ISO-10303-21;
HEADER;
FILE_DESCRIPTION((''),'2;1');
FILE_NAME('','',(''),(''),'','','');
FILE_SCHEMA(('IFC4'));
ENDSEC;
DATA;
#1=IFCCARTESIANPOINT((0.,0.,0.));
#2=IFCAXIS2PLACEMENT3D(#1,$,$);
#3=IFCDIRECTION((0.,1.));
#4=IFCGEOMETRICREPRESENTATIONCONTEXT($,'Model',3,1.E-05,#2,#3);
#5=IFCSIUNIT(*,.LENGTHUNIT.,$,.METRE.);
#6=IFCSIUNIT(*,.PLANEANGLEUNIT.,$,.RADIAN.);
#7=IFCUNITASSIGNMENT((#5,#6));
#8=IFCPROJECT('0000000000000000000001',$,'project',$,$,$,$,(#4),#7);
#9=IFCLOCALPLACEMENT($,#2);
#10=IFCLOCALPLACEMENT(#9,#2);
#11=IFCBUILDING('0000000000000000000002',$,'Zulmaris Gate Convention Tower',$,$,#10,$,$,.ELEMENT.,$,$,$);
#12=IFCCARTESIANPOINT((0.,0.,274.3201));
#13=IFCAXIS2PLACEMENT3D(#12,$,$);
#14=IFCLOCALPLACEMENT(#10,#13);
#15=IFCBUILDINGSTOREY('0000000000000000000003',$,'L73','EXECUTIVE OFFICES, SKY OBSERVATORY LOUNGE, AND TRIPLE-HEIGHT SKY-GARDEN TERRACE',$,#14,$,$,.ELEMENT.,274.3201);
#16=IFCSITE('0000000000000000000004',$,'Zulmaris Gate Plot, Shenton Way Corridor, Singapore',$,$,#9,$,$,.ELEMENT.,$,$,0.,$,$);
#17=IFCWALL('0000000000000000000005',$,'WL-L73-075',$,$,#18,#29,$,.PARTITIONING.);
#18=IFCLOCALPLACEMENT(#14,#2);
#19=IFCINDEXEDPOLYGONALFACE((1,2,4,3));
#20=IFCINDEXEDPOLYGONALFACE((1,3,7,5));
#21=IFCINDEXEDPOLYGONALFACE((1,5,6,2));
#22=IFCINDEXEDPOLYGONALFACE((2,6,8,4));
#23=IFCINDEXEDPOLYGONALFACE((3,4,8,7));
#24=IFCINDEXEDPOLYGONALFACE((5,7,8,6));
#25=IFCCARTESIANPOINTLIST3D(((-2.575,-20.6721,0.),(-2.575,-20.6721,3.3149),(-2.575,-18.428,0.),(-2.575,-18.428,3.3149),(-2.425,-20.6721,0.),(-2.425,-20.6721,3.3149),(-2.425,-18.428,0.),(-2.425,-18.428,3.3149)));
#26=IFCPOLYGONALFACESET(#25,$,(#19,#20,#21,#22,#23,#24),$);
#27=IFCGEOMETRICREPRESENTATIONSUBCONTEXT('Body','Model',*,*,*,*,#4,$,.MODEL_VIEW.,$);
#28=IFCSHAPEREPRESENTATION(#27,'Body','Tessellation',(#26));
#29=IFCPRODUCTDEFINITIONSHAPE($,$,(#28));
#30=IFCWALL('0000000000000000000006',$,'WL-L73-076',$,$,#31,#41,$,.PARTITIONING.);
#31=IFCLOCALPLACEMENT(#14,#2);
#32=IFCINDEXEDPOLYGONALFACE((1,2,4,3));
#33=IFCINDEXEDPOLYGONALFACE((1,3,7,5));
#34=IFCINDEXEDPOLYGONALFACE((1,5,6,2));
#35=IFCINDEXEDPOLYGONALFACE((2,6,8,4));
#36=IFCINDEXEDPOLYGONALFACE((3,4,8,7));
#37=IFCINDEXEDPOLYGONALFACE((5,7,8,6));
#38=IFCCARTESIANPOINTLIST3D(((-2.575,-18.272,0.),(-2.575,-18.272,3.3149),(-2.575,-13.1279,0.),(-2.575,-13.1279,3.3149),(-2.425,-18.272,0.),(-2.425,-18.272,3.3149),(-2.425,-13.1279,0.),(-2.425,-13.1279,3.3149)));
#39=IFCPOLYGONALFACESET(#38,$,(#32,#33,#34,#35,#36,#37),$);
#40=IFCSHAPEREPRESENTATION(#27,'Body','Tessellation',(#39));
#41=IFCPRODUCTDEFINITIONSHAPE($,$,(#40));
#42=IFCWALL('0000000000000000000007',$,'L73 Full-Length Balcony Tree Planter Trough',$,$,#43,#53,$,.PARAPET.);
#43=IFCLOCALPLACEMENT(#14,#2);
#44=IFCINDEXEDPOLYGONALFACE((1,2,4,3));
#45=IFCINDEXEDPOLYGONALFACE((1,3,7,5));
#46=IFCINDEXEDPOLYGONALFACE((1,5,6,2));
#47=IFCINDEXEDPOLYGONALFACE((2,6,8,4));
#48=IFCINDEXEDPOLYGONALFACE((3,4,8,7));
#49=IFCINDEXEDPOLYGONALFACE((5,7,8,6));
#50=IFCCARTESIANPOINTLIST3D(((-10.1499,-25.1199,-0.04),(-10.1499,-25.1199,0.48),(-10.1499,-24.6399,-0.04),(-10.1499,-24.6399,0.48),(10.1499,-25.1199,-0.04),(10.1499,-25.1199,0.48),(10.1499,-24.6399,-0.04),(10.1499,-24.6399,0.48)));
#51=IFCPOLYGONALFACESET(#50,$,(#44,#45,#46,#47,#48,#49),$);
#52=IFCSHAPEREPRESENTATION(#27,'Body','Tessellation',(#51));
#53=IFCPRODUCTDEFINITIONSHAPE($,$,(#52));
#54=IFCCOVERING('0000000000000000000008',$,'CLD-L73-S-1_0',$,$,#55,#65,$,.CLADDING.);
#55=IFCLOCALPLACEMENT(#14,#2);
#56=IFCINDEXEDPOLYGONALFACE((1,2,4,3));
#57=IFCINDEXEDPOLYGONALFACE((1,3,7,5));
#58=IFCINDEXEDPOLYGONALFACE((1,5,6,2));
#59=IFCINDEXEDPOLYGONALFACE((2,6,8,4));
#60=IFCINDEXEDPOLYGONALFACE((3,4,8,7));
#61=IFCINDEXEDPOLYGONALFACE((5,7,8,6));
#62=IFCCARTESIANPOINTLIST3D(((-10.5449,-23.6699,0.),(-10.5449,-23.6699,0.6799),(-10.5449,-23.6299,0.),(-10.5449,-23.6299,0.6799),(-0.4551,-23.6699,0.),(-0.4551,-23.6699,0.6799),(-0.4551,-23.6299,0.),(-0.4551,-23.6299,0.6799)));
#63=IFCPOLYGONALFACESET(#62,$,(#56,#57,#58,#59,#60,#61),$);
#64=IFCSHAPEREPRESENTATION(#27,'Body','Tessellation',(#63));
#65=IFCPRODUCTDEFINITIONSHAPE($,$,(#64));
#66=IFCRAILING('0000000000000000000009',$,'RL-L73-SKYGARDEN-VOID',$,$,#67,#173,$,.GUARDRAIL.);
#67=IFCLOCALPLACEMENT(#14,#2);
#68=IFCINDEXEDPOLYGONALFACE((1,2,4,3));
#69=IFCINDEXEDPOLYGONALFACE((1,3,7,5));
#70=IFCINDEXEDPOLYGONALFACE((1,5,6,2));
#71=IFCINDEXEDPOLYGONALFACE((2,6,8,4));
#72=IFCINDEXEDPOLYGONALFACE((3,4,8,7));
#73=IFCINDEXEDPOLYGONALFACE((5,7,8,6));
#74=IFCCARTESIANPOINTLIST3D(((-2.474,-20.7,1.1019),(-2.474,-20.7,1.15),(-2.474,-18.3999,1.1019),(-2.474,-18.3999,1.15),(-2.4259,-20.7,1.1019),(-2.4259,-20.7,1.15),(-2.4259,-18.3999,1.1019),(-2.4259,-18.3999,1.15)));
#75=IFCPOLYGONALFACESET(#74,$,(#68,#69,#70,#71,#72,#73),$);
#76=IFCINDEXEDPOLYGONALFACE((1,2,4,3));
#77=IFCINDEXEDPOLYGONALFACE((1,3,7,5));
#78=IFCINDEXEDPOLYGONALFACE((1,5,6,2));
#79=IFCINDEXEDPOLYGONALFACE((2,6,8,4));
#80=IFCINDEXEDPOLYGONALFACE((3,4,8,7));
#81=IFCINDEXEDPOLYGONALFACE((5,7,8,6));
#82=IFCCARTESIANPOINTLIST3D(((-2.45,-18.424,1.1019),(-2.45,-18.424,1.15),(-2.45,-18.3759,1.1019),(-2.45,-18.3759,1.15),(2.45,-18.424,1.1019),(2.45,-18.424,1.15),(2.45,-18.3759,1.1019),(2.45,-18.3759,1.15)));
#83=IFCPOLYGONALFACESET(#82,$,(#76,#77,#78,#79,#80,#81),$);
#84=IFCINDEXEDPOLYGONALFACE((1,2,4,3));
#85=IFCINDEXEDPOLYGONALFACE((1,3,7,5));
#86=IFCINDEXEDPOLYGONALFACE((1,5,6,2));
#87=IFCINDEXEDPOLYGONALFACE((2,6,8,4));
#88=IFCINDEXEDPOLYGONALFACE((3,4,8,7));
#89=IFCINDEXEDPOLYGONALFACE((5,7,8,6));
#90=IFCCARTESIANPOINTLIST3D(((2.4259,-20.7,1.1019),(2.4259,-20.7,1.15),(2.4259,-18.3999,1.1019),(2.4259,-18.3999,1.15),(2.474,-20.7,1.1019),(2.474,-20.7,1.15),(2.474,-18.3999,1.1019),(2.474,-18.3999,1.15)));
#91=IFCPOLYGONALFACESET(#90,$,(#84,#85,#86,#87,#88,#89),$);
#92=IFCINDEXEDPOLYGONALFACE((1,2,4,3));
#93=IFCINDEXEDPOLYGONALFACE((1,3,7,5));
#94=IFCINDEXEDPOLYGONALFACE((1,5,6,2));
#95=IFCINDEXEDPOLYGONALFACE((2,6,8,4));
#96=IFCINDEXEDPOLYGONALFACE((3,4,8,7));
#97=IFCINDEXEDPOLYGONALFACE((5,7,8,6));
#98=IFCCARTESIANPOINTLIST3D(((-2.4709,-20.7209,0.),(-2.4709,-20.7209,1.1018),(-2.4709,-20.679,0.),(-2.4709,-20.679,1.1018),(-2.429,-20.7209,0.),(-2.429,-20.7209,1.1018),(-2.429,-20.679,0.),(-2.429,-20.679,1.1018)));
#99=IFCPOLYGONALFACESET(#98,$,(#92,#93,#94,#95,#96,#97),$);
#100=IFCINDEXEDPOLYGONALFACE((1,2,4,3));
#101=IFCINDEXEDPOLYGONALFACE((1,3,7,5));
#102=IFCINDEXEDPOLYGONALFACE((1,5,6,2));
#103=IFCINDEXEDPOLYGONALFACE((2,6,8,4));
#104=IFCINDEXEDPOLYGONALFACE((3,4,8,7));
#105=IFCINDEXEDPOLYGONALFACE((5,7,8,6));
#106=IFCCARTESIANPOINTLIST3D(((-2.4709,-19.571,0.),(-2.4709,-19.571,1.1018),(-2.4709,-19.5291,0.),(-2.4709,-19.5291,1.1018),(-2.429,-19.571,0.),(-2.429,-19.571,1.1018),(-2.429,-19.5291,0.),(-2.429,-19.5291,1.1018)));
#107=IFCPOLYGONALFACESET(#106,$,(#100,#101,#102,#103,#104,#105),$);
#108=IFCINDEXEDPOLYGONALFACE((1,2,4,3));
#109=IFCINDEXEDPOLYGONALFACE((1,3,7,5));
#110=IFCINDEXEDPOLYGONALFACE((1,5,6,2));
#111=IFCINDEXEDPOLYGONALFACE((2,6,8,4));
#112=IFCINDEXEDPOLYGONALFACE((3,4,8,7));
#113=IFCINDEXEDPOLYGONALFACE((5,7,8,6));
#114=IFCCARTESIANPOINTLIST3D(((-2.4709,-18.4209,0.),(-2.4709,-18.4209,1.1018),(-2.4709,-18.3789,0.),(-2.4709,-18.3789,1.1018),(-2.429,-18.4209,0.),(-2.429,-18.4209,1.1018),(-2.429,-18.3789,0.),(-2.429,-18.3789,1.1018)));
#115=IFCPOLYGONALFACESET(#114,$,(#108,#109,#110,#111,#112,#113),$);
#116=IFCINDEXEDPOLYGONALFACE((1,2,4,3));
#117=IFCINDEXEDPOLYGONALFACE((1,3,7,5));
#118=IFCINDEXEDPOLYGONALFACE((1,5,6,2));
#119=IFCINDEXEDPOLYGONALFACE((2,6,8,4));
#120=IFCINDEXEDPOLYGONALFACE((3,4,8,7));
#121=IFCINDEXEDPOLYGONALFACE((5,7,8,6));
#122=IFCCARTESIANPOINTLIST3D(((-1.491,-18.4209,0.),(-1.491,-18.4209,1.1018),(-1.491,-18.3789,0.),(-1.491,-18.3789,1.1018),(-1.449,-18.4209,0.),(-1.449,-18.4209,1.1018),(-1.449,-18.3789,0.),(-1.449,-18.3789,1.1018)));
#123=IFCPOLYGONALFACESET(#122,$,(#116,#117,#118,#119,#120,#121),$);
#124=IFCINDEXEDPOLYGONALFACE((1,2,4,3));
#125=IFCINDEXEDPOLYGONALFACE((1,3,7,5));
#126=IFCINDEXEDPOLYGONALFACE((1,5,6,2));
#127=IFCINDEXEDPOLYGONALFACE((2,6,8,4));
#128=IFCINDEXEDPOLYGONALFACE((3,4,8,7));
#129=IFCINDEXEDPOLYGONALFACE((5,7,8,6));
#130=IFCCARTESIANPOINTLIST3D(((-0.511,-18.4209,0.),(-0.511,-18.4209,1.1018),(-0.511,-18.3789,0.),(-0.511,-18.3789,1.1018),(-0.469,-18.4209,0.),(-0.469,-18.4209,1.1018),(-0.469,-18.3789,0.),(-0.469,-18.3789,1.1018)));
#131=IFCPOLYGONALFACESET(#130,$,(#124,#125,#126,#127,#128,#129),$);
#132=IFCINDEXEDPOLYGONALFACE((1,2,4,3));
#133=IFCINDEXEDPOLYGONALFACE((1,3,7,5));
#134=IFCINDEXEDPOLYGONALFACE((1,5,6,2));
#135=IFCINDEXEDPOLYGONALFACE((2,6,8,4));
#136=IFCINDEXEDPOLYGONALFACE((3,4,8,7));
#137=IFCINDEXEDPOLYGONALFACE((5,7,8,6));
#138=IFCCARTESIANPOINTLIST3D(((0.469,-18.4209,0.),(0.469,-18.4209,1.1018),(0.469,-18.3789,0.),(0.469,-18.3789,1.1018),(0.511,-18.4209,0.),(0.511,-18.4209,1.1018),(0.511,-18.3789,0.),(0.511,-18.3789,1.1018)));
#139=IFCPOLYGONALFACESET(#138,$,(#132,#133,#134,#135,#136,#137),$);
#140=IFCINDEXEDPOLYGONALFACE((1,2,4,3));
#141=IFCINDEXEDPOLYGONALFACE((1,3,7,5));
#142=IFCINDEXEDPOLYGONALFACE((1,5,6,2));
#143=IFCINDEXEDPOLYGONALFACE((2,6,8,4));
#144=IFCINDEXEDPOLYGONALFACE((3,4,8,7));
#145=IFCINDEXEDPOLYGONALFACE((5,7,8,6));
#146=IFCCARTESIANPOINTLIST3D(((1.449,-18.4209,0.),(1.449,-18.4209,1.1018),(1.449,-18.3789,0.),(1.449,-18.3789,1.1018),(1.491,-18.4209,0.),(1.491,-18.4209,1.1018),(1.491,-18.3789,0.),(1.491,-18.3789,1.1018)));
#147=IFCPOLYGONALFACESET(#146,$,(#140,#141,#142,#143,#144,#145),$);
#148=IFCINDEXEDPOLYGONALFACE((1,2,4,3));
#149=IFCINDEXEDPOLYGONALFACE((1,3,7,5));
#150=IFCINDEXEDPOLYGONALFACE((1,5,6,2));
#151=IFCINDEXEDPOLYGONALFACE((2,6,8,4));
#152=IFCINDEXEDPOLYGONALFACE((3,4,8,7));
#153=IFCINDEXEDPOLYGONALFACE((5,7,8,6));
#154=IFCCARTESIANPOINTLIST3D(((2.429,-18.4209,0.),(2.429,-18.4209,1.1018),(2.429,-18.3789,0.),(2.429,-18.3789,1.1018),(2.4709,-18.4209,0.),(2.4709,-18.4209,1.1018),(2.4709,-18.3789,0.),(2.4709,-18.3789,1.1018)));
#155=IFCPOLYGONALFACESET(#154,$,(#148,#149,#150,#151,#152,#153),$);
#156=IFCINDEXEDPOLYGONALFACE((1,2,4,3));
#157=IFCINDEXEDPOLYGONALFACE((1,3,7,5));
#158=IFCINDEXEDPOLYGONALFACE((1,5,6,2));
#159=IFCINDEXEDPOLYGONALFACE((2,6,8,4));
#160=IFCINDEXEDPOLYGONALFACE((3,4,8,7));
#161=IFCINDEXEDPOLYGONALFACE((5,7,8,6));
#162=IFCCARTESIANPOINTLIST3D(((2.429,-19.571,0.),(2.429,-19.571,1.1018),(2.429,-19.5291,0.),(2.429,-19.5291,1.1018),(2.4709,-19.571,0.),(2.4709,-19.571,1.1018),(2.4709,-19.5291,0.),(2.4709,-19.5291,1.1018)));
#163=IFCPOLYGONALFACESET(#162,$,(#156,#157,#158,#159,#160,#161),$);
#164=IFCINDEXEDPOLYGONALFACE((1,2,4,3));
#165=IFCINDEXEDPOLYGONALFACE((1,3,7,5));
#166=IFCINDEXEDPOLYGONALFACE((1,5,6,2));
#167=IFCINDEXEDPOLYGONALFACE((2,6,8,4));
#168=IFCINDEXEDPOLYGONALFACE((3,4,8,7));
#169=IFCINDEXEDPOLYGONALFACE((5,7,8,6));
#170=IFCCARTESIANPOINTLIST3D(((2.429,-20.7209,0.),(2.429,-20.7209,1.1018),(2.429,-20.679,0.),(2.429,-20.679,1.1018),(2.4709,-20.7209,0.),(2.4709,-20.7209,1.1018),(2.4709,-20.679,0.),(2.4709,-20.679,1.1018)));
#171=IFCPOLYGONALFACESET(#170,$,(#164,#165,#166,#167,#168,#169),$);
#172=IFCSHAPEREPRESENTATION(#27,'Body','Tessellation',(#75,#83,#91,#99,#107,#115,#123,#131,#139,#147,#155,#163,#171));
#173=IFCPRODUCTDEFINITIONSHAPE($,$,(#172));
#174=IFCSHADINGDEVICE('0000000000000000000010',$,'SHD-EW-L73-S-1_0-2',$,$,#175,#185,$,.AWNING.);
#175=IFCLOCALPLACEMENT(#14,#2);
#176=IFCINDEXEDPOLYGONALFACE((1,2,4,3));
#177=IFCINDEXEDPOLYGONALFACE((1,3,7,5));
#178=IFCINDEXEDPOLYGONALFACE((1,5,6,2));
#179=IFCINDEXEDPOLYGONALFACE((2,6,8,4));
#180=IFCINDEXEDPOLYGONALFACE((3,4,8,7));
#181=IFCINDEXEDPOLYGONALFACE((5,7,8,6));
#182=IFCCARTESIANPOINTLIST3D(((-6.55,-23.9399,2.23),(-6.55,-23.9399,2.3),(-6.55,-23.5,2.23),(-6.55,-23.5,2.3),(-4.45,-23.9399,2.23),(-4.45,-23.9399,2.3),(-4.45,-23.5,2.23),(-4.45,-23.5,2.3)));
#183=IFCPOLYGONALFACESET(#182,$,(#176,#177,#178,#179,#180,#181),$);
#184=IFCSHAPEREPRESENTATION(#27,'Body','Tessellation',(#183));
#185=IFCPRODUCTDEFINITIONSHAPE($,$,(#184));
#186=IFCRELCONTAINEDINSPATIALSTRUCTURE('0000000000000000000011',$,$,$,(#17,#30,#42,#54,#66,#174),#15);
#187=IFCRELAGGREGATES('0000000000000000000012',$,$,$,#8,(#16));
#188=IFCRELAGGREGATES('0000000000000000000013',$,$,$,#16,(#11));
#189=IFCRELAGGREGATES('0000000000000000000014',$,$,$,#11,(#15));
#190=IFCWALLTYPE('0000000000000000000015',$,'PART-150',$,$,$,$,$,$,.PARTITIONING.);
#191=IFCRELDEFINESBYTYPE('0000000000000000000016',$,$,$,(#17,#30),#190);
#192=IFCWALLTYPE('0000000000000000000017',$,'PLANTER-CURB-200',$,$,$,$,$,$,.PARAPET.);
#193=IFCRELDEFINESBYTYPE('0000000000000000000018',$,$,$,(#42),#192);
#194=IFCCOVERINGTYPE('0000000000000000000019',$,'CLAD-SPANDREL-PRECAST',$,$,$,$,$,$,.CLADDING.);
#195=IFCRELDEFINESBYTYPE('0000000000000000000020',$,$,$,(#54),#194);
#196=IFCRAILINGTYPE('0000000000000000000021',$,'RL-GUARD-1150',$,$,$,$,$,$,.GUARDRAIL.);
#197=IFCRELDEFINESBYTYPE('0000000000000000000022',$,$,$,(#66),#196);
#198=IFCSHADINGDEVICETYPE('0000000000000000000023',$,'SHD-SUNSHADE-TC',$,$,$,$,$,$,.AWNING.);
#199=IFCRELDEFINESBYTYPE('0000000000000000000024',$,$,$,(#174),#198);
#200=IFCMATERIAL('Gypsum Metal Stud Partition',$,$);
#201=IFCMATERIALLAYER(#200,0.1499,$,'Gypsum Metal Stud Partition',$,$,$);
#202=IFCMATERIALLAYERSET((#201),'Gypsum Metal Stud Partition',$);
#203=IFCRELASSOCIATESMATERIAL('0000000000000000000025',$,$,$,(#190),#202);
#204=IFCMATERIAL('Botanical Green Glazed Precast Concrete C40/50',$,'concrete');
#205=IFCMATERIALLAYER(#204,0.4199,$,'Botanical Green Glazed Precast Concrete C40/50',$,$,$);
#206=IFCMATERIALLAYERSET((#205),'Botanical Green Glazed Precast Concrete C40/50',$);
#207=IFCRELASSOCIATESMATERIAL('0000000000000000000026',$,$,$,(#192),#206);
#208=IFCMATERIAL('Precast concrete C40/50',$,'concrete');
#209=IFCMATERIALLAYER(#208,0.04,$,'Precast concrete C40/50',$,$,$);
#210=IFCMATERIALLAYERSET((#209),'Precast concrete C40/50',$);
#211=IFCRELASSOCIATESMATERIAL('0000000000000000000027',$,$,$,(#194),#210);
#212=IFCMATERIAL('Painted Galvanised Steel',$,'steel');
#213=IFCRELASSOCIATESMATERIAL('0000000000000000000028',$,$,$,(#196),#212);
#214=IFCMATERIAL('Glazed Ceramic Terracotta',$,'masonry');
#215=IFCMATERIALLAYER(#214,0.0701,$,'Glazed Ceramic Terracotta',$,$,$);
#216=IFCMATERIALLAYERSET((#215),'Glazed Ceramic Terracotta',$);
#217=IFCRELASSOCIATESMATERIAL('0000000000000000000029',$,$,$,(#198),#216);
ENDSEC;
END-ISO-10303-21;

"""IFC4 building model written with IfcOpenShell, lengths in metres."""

from ifc_helpers import new_model, si_unit, direction, frame, frame_2d, origin, origin_2d, place, context, subcontext, project, spatial, rectangle, extrude, material, layer, layer_set, type_object, element, save


model = new_model("IFC4")

# Units and contexts
model_context = context("Model", 3, precision=1e-05, world=origin(), true_north=direction((0.0, 1.0)))
body_context = subcontext(model_context, "Body", "Model", "MODEL_VIEW")
ifc_project = project(units=[si_unit("LENGTHUNIT", "METRE"), si_unit("PLANEANGLEUNIT", "RADIAN")], contexts=[model_context])

# Site, building, storey
site_placement = place(None, origin())
site = spatial("IfcSite", under=ifc_project, at=site_placement, Name="Zulmaris Gate Plot, Shenton Way Corridor, Singapore", CompositionType="ELEMENT", RefElevation=0.0)
building_placement = place(site_placement, origin())
building = spatial("IfcBuilding", under=site, at=building_placement, Name="Zulmaris Gate Convention Tower", CompositionType="ELEMENT")
storey_placement = place(building_placement, frame((0.0, 0.0, 274.3201)))
storey = spatial("IfcBuildingStorey", under=building, at=storey_placement, Name="L73", Description="EXECUTIVE OFFICES, SKY OBSERVATORY LOUNGE, AND TRIPLE-HEIGHT SKY-GARDEN TERRACE", CompositionType="ELEMENT", Elevation=274.3201)

# Shared definitions
ifc_material_1 = material(Name="Gypsum Metal Stud Partition")
ifc_layer_1 = layer(ifc_material_1, 0.1499, Name="Gypsum Metal Stud Partition")
ifc_layer_set_1 = layer_set([ifc_layer_1], Name="Gypsum Metal Stud Partition")
wall_type_1 = type_object("IfcWallType", Name="PART-150", PredefinedType="PARTITIONING", material=ifc_layer_set_1)

# Walls
wall_1_placement = place(storey_placement, frame((-2.5, -20.6721, 0.0), z_axis=(0.0, 0.0, 1.0), x_axis=(0.0, 1.0, 0.0)))
element("IfcWall", 1, at=wall_1_placement, inside=storey, type_object=wall_type_1, Name="WL-L73-075", PredefinedType="PARTITIONING", context=body_context, shape_type="SweptSolid", body=[
    extrude(rectangle(XDim=2.2441, YDim=0.1499, at=frame_2d((1.1221, 0.0))), origin(), (0.0, 0.0, 1.0), 3.3149),
])
wall_2_placement = place(storey_placement, frame((-2.5, -18.272, 0.0), z_axis=(0.0, 0.0, 1.0), x_axis=(0.0, 1.0, 0.0)))
element("IfcWall", 2, at=wall_2_placement, inside=storey, type_object=wall_type_1, Name="WL-L73-076", PredefinedType="PARTITIONING", context=body_context, shape_type="SweptSolid", body=[
    extrude(rectangle(XDim=5.144, YDim=0.1499, at=frame_2d((2.572, 0.0))), origin(), (0.0, 0.0, 1.0), 3.3149),
])
ifc_material_2 = material(Name="Botanical Green Glazed Precast Concrete C40/50", Category="concrete")
ifc_layer_2 = layer(ifc_material_2, 0.4199, Name="Botanical Green Glazed Precast Concrete C40/50")
ifc_layer_set_2 = layer_set([ifc_layer_2], Name="Botanical Green Glazed Precast Concrete C40/50")
wall_type_2 = type_object("IfcWallType", Name="PLANTER-CURB-200", PredefinedType="PARAPET", material=ifc_layer_set_2)
wall_3_placement = place(storey_placement, frame((-10.1499, -24.8799, -0.04), z_axis=(0.0, 0.0, 1.0), x_axis=(1.0, 0.0, 0.0)))
element("IfcWall", 3, at=wall_3_placement, inside=storey, type_object=wall_type_2, Name="L73 Full-Length Balcony Tree Planter Trough", PredefinedType="PARAPET", context=body_context, shape_type="SweptSolid", body=[
    extrude(rectangle(XDim=20.2998, YDim=0.48, at=frame_2d((10.1499, 0.0))), origin(), (0.0, 0.0, 1.0), 0.52),
])

# Shared definitions
ifc_material_3 = material(Name="Precast concrete C40/50", Category="concrete")

# Covering
ifc_layer_3 = layer(ifc_material_3, 0.04, Name="Precast concrete C40/50")
ifc_layer_set_3 = layer_set([ifc_layer_3], Name="Precast concrete C40/50")
covering_type = type_object("IfcCoveringType", Name="CLAD-SPANDREL-PRECAST", PredefinedType="CLADDING", material=ifc_layer_set_3)
covering_placement = place(storey_placement, frame((-10.5449, -23.6499, 0.0), z_axis=(0.0, 0.0, 1.0), x_axis=(1.0, 0.0, 0.0)))
element("IfcCovering", 4, at=covering_placement, inside=storey, type_object=covering_type, Name="CLD-L73-S-1_0", PredefinedType="CLADDING", context=body_context, shape_type="SweptSolid", body=[
    extrude(rectangle(XDim=10.0898, YDim=0.04, at=frame_2d((5.0449, 0.0))), origin(), (0.0, 0.0, 1.0), 0.6799),
])

# Railing
ifc_material_4 = material(Name="Painted Galvanised Steel", Category="steel")
railing_type = type_object("IfcRailingType", Name="RL-GUARD-1150", PredefinedType="GUARDRAIL", material=ifc_material_4)
railing_placement = place(storey_placement, frame((-2.45, -20.7, 0.0)))
element("IfcRailing", 5, at=railing_placement, inside=storey, type_object=railing_type, Name="RL-L73-SKYGARDEN-VOID", PredefinedType="GUARDRAIL", context=body_context, shape_type="SweptSolid", body=[
    extrude(rectangle(XDim=0.0481, YDim=0.0481, at=origin_2d()), frame((0.0, 0.0, 1.126), z_axis=(0.0, 1.0, 0.0), x_axis=(-1.0, 0.0, 0.0)), (0.0, 0.0, 1.0), 2.3),
    extrude(rectangle(XDim=0.0481, YDim=0.0481, at=origin_2d()), frame((0.0, 2.3, 1.126), z_axis=(1.0, 0.0, 0.0), x_axis=(0.0, 1.0, 0.0)), (0.0, 0.0, 1.0), 4.8999),
    extrude(rectangle(XDim=0.0481, YDim=0.0481, at=origin_2d()), frame((4.8999, 2.3, 1.126), z_axis=(0.0, -1.0, 0.0), x_axis=(1.0, 0.0, 0.0)), (0.0, 0.0, 1.0), 2.3),
    extrude(rectangle(XDim=0.042, YDim=0.042, at=origin_2d()), origin(), (0.0, 0.0, 1.0), 1.1018),
    extrude(rectangle(XDim=0.042, YDim=0.042, at=origin_2d()), frame((0.0, 1.1499, 0.0)), (0.0, 0.0, 1.0), 1.1018),
    extrude(rectangle(XDim=0.042, YDim=0.042, at=origin_2d()), frame((0.0, 2.3, 0.0)), (0.0, 0.0, 1.0), 1.1018),
    extrude(rectangle(XDim=0.042, YDim=0.042, at=origin_2d()), frame((0.98, 2.3, 0.0)), (0.0, 0.0, 1.0), 1.1018),
    extrude(rectangle(XDim=0.042, YDim=0.042, at=origin_2d()), frame((1.96, 2.3, 0.0)), (0.0, 0.0, 1.0), 1.1018),
    extrude(rectangle(XDim=0.042, YDim=0.042, at=origin_2d()), frame((2.9399, 2.3, 0.0)), (0.0, 0.0, 1.0), 1.1018),
    extrude(rectangle(XDim=0.042, YDim=0.042, at=origin_2d()), frame((3.9199, 2.3, 0.0)), (0.0, 0.0, 1.0), 1.1018),
    extrude(rectangle(XDim=0.042, YDim=0.042, at=origin_2d()), frame((4.8999, 2.3, 0.0)), (0.0, 0.0, 1.0), 1.1018),
    extrude(rectangle(XDim=0.042, YDim=0.042, at=origin_2d()), frame((4.8999, 1.1499, 0.0)), (0.0, 0.0, 1.0), 1.1018),
    extrude(rectangle(XDim=0.042, YDim=0.042, at=origin_2d()), frame((4.8999, 0.0, 0.0)), (0.0, 0.0, 1.0), 1.1018),
])

# Shading device
ifc_material_5 = material(Name="Glazed Ceramic Terracotta", Category="masonry")
ifc_layer_4 = layer(ifc_material_5, 0.0701, Name="Glazed Ceramic Terracotta")
ifc_layer_set_4 = layer_set([ifc_layer_4], Name="Glazed Ceramic Terracotta")
shading_device_type = type_object("IfcShadingDeviceType", Name="SHD-SUNSHADE-TC", PredefinedType="AWNING", material=ifc_layer_set_4)
shading_device_placement = place(storey_placement, frame((-6.55, -23.72, 2.23), z_axis=(0.0, 0.0, 1.0), x_axis=(1.0, 0.0, 0.0)))
element("IfcShadingDevice", 6, at=shading_device_placement, inside=storey, type_object=shading_device_type, Name="SHD-EW-L73-S-1_0-2", PredefinedType="AWNING", context=body_context, shape_type="SweptSolid", body=[
    extrude(rectangle(XDim=2.1001, YDim=0.4399, at=frame_2d((1.05, 0.0))), origin(), (0.0, 0.0, 1.0), 0.0701),
])

save(model, "model.ifc")
